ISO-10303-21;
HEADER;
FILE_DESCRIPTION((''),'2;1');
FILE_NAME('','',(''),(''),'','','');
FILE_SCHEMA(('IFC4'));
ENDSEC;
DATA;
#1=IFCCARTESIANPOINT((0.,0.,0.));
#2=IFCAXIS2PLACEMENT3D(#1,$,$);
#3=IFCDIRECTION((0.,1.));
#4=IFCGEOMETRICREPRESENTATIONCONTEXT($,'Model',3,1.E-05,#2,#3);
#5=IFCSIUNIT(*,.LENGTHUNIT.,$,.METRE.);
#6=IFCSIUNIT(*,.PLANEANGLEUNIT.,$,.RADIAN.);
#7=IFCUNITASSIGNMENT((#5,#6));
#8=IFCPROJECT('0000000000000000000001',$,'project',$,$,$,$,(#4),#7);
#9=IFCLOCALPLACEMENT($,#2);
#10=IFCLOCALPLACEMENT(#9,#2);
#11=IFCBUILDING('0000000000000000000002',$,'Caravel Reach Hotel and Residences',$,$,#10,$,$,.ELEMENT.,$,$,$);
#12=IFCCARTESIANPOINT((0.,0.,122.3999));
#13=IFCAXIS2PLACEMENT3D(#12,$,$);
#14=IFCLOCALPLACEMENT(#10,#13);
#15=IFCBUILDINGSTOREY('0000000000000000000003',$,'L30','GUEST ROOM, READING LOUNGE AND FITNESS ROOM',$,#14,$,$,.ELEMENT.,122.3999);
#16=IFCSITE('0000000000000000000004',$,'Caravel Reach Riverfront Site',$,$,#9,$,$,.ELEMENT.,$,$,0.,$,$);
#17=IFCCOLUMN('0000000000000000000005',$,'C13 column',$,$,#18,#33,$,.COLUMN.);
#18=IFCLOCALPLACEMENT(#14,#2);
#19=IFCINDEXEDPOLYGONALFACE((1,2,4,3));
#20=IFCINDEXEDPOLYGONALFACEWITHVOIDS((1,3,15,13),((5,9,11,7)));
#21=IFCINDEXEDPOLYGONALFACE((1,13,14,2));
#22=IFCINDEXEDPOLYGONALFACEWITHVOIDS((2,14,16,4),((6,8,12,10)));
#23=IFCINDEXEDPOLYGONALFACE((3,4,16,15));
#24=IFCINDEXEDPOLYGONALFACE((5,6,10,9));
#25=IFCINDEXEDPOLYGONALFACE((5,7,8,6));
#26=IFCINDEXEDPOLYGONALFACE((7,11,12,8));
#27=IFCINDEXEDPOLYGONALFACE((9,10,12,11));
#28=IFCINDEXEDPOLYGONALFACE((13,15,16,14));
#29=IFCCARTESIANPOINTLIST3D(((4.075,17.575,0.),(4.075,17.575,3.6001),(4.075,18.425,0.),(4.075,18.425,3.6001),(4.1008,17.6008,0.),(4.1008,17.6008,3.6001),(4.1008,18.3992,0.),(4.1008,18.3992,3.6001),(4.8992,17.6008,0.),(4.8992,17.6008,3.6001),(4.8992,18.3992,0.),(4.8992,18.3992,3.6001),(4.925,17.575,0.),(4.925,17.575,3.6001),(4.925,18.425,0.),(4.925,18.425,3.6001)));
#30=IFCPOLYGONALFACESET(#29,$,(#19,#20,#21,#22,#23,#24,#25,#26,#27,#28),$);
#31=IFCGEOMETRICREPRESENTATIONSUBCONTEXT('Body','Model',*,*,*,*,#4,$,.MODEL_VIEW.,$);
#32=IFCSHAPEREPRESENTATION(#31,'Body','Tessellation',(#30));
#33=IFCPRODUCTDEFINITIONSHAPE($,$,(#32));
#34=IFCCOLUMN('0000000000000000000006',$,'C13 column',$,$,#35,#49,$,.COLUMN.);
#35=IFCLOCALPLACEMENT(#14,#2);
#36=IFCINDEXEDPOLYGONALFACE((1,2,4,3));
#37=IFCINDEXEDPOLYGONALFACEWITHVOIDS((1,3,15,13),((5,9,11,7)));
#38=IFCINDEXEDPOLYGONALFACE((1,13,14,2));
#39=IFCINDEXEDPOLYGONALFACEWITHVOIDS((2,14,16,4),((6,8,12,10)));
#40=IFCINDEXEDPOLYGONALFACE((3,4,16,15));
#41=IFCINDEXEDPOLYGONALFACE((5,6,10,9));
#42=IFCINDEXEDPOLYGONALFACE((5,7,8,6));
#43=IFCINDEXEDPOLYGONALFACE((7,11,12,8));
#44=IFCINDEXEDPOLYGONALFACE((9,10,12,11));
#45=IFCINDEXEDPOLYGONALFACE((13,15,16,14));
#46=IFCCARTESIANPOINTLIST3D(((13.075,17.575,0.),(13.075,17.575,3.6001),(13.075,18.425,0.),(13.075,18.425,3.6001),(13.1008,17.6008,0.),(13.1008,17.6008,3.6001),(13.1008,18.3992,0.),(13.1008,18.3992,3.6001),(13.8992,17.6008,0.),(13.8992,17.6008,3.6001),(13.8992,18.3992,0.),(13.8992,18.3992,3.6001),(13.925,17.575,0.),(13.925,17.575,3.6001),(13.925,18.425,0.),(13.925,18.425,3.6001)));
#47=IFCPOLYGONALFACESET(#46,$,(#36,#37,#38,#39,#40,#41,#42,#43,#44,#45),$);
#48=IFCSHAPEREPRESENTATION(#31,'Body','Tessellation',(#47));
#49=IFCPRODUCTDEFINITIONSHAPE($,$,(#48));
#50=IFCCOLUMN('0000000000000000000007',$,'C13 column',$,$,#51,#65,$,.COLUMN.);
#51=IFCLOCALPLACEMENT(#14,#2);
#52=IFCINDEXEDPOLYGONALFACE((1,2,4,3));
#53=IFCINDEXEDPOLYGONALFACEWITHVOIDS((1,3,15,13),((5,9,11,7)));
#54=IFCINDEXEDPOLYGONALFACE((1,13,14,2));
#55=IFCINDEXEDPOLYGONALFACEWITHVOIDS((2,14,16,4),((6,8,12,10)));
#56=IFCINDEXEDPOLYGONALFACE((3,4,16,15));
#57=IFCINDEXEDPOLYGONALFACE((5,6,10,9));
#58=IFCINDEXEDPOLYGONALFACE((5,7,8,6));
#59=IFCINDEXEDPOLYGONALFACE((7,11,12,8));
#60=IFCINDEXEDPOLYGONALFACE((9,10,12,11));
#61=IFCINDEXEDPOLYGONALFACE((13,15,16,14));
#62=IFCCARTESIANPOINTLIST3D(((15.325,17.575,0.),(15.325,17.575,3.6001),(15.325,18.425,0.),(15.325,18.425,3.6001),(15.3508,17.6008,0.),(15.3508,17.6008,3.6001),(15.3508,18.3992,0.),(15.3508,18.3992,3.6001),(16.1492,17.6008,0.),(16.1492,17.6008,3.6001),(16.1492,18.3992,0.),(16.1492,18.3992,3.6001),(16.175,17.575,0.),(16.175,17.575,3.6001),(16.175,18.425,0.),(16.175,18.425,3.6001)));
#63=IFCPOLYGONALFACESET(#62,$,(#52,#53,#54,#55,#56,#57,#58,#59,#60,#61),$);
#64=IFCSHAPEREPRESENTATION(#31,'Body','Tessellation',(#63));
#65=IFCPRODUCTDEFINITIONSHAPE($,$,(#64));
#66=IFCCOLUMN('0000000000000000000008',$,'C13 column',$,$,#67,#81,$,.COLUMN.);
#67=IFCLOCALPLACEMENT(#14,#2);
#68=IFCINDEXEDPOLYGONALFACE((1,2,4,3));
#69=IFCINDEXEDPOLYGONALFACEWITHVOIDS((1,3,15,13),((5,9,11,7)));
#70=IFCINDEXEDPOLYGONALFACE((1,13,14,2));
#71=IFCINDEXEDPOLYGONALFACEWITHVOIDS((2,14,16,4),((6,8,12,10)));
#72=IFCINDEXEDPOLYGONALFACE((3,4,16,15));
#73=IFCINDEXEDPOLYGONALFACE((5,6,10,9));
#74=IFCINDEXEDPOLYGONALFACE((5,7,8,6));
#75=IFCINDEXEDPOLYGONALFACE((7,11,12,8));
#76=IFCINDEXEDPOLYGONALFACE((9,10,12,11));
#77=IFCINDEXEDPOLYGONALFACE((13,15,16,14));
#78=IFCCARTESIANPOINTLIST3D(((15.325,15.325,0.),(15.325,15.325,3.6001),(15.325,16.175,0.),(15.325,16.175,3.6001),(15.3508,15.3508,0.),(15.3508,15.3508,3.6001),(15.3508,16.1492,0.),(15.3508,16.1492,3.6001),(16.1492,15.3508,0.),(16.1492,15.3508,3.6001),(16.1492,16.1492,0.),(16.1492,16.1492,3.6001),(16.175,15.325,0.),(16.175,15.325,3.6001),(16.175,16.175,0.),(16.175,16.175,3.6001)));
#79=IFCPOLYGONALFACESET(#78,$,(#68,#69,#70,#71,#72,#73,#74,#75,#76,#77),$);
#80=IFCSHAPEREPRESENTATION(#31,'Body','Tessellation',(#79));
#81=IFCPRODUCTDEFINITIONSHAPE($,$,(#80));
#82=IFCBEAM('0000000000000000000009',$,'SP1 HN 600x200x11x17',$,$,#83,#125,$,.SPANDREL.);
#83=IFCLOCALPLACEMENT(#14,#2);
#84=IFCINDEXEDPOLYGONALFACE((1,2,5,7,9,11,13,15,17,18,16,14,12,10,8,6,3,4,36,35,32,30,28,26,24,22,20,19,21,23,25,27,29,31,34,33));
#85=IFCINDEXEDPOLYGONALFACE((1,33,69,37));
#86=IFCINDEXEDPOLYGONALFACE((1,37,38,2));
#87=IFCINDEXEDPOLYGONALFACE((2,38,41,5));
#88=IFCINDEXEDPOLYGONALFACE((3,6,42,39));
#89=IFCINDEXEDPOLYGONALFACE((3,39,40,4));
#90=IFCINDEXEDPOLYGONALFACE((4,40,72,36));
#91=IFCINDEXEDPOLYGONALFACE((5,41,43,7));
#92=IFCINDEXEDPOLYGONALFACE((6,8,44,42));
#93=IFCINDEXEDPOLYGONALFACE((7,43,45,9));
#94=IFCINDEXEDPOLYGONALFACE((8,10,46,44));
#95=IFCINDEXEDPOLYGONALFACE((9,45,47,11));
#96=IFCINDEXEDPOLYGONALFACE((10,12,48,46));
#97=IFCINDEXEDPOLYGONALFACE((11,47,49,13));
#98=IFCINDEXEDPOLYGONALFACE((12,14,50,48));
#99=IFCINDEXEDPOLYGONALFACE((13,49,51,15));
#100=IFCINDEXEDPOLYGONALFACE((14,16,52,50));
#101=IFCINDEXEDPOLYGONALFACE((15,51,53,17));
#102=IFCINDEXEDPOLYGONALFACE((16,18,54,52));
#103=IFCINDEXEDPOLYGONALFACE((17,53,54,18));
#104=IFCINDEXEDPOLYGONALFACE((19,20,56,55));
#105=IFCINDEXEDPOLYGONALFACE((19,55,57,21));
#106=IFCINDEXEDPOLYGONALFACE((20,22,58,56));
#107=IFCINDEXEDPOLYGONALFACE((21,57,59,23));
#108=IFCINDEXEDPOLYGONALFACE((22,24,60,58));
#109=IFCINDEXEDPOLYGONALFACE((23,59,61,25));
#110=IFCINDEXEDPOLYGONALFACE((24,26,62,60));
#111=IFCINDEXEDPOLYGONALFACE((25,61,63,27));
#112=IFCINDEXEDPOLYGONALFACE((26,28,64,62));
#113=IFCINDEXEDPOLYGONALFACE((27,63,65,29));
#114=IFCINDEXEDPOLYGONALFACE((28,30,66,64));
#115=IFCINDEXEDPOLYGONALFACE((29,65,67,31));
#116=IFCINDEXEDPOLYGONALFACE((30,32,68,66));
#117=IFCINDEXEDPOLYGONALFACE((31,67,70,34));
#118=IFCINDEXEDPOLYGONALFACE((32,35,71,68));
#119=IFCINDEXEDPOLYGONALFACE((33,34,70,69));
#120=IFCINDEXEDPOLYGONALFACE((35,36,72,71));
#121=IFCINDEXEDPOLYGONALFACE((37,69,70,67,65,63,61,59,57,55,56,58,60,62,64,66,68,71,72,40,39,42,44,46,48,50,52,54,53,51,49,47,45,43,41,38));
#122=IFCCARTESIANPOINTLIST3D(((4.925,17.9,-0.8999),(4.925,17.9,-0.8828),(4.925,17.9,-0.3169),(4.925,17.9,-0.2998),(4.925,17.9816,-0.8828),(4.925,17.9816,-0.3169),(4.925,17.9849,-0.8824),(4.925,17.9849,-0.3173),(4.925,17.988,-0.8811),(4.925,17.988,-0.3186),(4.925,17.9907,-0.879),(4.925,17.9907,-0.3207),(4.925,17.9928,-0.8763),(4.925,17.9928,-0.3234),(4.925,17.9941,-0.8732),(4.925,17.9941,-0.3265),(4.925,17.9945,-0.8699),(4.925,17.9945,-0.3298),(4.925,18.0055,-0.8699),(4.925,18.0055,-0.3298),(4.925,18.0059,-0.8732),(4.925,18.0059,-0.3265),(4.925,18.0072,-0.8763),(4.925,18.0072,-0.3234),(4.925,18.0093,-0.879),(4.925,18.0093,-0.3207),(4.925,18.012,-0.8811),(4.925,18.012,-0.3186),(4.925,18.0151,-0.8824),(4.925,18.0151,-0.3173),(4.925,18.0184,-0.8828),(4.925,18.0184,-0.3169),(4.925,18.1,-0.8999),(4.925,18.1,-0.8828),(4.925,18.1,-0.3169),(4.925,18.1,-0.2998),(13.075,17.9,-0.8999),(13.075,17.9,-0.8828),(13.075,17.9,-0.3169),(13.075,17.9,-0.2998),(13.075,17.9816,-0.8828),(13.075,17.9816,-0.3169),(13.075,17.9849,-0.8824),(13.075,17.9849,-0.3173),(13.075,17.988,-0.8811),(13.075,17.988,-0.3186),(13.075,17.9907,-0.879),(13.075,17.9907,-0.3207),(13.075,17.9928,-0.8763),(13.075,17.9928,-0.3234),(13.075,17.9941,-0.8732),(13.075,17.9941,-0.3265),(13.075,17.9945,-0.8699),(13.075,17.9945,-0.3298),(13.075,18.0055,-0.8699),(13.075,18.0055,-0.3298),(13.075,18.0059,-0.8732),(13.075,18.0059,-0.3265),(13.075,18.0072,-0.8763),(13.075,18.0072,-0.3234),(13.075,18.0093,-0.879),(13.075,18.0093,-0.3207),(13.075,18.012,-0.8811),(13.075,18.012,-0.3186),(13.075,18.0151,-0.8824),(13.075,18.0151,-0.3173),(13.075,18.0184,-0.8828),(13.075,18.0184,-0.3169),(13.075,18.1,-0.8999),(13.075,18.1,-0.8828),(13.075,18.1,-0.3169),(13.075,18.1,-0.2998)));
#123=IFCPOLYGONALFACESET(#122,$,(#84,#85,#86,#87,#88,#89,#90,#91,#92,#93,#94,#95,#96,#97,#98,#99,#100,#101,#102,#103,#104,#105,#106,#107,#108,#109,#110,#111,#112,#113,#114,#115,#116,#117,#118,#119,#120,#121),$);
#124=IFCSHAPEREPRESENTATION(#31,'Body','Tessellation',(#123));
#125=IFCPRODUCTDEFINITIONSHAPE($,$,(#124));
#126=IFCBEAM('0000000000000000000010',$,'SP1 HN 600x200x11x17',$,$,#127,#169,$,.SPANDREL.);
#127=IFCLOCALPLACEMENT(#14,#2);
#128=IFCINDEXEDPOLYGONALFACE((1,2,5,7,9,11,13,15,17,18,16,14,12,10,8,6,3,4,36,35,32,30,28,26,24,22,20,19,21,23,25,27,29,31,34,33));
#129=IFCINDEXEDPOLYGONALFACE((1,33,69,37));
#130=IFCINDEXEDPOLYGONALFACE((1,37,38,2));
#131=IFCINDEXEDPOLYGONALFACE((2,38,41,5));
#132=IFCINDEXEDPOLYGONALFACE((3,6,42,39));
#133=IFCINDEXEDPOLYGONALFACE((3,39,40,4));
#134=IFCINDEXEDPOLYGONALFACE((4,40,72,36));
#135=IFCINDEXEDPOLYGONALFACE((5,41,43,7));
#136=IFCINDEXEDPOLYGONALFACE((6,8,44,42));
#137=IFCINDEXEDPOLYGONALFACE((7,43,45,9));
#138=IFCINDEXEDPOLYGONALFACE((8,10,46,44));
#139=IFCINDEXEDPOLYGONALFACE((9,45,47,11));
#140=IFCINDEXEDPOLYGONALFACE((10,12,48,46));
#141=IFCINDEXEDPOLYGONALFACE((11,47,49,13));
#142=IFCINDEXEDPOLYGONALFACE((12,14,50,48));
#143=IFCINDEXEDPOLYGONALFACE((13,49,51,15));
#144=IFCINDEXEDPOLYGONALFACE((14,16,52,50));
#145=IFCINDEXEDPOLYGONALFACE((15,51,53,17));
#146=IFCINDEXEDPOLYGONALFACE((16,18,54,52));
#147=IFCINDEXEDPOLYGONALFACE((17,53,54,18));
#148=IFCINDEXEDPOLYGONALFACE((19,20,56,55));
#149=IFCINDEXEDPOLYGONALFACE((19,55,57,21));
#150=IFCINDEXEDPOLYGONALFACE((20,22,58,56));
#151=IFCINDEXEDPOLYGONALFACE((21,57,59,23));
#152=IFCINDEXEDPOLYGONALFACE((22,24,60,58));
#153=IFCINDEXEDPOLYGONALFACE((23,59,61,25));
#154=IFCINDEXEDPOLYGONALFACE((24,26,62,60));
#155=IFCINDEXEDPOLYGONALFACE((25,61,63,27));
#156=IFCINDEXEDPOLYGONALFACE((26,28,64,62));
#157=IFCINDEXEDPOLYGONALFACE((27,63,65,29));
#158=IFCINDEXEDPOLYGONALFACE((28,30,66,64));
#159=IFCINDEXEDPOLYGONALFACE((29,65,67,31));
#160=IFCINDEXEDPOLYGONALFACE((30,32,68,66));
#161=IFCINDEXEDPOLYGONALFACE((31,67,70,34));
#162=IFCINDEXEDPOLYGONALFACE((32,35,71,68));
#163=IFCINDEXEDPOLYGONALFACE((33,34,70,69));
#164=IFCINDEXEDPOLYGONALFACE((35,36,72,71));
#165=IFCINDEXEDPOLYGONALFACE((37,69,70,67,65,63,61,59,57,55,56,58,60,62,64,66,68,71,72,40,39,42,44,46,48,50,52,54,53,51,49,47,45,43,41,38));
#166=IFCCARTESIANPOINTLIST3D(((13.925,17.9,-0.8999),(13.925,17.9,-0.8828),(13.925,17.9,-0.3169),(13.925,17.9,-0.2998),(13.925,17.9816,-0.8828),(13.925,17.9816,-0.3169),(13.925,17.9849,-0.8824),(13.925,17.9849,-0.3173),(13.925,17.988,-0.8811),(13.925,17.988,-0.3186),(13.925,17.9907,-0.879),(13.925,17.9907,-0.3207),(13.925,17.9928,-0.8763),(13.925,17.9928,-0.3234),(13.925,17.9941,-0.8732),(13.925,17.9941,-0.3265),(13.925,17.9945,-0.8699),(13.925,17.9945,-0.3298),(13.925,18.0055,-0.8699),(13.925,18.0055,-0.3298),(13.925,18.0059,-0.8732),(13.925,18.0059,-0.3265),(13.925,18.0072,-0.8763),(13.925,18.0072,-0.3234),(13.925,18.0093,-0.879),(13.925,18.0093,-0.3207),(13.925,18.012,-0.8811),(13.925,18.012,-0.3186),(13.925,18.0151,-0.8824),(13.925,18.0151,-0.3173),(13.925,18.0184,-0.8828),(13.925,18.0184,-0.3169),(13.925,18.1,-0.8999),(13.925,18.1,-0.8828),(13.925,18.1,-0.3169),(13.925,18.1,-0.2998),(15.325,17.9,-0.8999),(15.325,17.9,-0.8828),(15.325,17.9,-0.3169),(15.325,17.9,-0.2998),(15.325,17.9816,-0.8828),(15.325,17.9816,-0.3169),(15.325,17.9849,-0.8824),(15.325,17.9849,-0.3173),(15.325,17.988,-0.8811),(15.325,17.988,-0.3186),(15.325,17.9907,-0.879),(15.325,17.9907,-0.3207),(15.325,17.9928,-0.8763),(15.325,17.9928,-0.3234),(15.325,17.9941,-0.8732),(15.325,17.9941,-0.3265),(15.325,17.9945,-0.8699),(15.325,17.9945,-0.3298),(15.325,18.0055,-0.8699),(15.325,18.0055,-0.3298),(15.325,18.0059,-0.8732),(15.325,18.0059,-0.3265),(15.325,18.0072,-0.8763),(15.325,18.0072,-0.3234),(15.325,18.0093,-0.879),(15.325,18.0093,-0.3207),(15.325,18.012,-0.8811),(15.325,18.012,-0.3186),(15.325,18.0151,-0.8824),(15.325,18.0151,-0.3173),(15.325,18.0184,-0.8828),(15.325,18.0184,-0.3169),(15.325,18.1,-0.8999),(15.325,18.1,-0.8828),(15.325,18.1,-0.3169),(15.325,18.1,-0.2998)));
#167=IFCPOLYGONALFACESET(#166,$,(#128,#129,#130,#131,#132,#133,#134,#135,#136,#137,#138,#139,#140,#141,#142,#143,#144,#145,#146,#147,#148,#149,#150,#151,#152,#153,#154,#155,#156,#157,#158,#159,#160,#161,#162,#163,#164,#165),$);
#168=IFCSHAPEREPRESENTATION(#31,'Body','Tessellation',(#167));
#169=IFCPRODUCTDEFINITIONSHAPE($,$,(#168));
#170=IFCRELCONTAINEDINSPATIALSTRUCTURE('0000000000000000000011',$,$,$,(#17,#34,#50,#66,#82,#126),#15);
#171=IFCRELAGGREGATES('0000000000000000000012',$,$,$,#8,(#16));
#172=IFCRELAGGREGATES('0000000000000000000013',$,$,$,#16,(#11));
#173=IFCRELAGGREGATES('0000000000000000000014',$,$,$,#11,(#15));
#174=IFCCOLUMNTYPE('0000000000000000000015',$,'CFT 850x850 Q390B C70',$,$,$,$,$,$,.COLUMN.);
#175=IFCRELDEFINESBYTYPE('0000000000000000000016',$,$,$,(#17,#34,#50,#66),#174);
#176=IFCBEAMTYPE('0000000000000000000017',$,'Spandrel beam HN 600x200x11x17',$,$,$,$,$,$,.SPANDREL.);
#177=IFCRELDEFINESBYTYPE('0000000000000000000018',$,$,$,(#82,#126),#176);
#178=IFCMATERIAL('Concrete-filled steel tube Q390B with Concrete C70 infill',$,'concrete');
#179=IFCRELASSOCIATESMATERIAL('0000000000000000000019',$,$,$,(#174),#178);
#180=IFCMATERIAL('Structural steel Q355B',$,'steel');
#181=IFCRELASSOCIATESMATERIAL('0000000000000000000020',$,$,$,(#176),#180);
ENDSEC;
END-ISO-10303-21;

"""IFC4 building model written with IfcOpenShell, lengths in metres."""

from ifc_helpers import new_model, si_unit, direction, frame, origin, origin_2d, place, context, subcontext, project, spatial, hollow_rectangle, i_section, extrude, material, material_profile, profile_set, type_object, element, save


model = new_model("IFC4")

# Units and contexts
model_context = context("Model", 3, precision=1e-05, world=origin(), true_north=direction((0.0, 1.0)))
body_context = subcontext(model_context, "Body", "Model", "MODEL_VIEW")
ifc_project = project(units=[si_unit("LENGTHUNIT", "METRE"), si_unit("PLANEANGLEUNIT", "RADIAN")], contexts=[model_context])

# Site, building, storey
site_placement = place(None, origin())
site = spatial("IfcSite", under=ifc_project, at=site_placement, Name="Caravel Reach Riverfront Site", CompositionType="ELEMENT", RefElevation=0.0)
building_placement = place(site_placement, origin())
building = spatial("IfcBuilding", under=site, at=building_placement, Name="Caravel Reach Hotel and Residences", CompositionType="ELEMENT")
storey_placement = place(building_placement, frame((0.0, 0.0, 122.3999)))
storey = spatial("IfcBuildingStorey", under=building, at=storey_placement, Name="L30", Description="GUEST ROOM, READING LOUNGE AND FITNESS ROOM", CompositionType="ELEMENT", Elevation=122.3999)

# Columns
ifc_material_1 = material(Name="Concrete-filled steel tube Q390B with Concrete C70 infill", Category="concrete")
ifc_material_profile_1 = material_profile(ifc_material_1, hollow_rectangle(XDim=0.8501, YDim=0.8501, WallThickness=0.0259, at=origin_2d()), Name="RHS 850x850x26")
ifc_profile_set_1 = profile_set([ifc_material_profile_1], Name="Concrete-filled steel tube Q390B with Concrete C70 infill")
column_type = type_object("IfcColumnType", Name="CFT 850x850 Q390B C70", PredefinedType="COLUMN", material=ifc_profile_set_1)
for number, where, z_axis, x_axis, name in (
    (1, (4.5, 18.0, 0.0), (0.0, 0.0, 1.0), (1.0, 0.0, 0.0), "C13 column"),
    (2, (13.5, 18.0, 0.0), (0.0, 0.0, 1.0), (1.0, 0.0, 0.0), "C13 column"),
    (3, (15.75, 18.0, 0.0), (0.0, 0.0, 1.0), (1.0, 0.0, 0.0), "C13 column"),
    (4, (15.75, 15.75, 0.0), (0.0, 0.0, 1.0), (1.0, 0.0, 0.0), "C13 column"),
):
    element("IfcColumn", number, at=place(storey_placement, frame(where, z_axis=z_axis, x_axis=x_axis)), inside=storey, type_object=column_type, Name=name, PredefinedType="COLUMN", context=body_context, shape_type="SweptSolid", body=[
        extrude(hollow_rectangle(XDim=0.8501, YDim=0.8501, WallThickness=0.0259, at=origin_2d()), origin(), (0.0, 0.0, 1.0), 3.6001),
    ])

# Beams
ifc_material_2 = material(Name="Structural steel Q355B", Category="steel")
ifc_material_profile_2 = material_profile(ifc_material_2, i_section(OverallWidth=0.2, OverallDepth=0.6001, WebThickness=0.011, FlangeThickness=0.0171, FilletRadius=0.0129, at=origin_2d()), Name="HN 600x200x11x17")
ifc_profile_set_2 = profile_set([ifc_material_profile_2], Name="Structural steel Q355B")
beam_type = type_object("IfcBeamType", Name="Spandrel beam HN 600x200x11x17", PredefinedType="SPANDREL", material=ifc_profile_set_2)
beam_placement = place(storey_placement, frame((4.925, 18.0, -0.5999), z_axis=(1.0, 0.0, 0.0), x_axis=(0.0, 1.0, 0.0)))
element("IfcBeam", 5, at=beam_placement, inside=storey, type_object=beam_type, Name="SP1 HN 600x200x11x17", PredefinedType="SPANDREL", context=body_context, shape_type="SweptSolid", body=[
    extrude(i_section(OverallWidth=0.2, OverallDepth=0.6001, WebThickness=0.011, FlangeThickness=0.0171, FilletRadius=0.0129, at=origin_2d()), origin(), (0.0, 0.0, 1.0), 8.1499),
])
for number, where, z_axis, x_axis, name in (
    (6, (13.925, 18.0, -0.5999), (1.0, 0.0, 0.0), (0.0, 1.0, 0.0), "SP1 HN 600x200x11x17"),
):
    element("IfcBeam", number, at=place(storey_placement, frame(where, z_axis=z_axis, x_axis=x_axis)), inside=storey, type_object=beam_type, Name=name, PredefinedType="SPANDREL", context=body_context, shape_type="SweptSolid", body=[
        extrude(i_section(OverallWidth=0.2, OverallDepth=0.6001, WebThickness=0.011, FlangeThickness=0.0171, FilletRadius=0.0129, at=origin_2d()), origin(), (0.0, 0.0, 1.0), 1.3999),
    ])

save(model, "model.ifc")
